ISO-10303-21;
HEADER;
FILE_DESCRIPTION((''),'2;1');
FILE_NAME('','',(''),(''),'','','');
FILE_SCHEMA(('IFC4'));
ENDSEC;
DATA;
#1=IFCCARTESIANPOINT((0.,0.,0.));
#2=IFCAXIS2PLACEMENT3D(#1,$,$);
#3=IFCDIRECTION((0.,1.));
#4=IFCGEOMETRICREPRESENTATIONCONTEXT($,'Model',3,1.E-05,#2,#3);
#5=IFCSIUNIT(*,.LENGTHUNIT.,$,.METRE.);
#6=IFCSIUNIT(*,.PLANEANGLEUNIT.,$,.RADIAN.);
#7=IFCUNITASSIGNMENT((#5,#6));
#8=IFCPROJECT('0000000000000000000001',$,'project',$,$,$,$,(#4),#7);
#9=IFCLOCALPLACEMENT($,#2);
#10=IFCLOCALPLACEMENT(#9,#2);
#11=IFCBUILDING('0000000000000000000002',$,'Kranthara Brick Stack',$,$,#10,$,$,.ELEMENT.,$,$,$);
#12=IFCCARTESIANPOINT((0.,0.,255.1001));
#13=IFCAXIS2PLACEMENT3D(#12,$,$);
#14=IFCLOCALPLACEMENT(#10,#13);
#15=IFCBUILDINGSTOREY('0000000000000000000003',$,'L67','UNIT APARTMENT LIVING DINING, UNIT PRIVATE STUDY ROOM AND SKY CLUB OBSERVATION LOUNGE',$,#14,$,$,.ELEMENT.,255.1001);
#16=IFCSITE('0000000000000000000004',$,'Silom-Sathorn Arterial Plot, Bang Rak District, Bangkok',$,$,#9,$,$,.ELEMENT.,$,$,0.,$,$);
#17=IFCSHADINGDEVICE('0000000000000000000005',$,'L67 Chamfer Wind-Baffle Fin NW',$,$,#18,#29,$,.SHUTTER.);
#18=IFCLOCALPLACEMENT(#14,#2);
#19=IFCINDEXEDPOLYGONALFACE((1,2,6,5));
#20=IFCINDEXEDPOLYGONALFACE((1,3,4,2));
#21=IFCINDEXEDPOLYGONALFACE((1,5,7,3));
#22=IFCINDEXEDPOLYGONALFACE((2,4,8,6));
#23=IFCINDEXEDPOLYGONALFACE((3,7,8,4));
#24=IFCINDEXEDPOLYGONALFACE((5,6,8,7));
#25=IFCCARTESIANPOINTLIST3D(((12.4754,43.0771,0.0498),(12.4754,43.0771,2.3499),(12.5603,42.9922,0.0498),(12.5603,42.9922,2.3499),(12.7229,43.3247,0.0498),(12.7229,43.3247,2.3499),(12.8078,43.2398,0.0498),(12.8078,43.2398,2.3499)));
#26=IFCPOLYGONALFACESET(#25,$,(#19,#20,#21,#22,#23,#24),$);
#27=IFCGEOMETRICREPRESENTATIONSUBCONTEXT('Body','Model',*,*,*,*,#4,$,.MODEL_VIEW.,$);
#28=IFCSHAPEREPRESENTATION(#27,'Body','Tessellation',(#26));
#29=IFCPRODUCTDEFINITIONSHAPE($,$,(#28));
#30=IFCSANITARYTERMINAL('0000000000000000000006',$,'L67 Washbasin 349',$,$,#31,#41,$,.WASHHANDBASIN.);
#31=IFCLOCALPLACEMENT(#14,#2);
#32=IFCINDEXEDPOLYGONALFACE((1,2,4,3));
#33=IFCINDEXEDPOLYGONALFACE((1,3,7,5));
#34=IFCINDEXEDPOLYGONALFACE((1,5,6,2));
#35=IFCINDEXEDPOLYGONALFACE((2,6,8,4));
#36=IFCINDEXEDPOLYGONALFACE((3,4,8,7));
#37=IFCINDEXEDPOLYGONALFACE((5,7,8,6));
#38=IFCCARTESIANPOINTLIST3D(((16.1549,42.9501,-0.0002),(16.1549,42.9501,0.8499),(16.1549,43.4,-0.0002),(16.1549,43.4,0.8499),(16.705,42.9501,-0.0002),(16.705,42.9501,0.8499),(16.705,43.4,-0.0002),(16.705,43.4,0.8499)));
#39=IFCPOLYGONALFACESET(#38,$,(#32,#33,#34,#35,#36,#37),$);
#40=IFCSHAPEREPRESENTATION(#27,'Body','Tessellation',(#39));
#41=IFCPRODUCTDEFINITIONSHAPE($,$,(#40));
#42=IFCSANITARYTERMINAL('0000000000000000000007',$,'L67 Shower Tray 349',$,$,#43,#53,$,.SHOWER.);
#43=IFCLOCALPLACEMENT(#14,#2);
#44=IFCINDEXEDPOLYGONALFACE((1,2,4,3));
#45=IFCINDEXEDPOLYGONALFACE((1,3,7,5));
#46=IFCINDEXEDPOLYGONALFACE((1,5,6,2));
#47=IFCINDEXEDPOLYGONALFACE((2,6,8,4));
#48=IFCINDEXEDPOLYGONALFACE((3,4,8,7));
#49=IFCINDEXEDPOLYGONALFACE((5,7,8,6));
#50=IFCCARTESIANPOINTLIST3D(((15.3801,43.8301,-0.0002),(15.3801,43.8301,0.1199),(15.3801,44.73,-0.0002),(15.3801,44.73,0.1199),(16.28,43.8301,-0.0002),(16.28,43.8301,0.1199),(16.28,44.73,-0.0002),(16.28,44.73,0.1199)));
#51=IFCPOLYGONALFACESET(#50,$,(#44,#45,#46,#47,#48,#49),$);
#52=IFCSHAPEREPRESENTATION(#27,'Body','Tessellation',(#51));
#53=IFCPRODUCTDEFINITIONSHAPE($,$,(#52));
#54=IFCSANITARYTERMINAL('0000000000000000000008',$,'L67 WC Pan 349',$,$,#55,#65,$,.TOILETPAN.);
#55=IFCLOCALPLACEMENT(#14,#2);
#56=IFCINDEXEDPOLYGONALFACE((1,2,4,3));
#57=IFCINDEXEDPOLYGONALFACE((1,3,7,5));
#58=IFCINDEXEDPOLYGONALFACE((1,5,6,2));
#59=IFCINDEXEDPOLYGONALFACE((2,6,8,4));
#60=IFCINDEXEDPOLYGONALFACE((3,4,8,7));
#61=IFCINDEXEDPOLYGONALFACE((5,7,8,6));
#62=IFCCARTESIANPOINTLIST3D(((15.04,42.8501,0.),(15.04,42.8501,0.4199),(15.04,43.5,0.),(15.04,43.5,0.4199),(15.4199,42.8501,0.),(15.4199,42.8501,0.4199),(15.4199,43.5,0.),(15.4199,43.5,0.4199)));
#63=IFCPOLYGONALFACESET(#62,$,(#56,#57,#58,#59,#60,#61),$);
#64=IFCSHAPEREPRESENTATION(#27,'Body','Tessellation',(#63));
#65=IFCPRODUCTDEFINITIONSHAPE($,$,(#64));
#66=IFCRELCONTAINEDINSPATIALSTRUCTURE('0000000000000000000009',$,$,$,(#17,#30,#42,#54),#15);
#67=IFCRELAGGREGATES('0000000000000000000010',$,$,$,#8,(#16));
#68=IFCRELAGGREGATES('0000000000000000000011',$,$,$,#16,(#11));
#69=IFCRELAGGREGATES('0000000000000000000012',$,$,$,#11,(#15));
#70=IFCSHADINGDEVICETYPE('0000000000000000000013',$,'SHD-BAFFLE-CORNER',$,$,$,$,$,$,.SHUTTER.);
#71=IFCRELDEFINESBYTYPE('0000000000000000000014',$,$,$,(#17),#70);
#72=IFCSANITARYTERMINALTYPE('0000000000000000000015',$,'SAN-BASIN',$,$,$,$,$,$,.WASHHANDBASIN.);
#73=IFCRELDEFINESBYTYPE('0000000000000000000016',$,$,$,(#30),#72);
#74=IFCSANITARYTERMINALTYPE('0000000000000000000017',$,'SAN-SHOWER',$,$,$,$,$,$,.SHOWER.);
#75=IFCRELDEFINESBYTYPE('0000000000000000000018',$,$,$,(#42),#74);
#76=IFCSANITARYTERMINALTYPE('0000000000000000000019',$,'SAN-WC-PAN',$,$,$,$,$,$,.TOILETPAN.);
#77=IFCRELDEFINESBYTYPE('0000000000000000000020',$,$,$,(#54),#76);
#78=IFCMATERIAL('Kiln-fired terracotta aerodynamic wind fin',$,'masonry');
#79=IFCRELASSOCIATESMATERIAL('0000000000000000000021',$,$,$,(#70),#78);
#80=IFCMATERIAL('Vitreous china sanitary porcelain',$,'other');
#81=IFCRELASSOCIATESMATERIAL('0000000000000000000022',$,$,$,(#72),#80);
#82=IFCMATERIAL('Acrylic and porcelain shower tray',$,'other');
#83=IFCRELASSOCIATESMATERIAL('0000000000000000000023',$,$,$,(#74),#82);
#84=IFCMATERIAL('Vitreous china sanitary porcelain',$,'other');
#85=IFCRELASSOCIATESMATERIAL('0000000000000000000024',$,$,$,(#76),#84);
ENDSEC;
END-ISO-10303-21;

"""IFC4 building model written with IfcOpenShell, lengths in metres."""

from ifc_helpers import new_model, si_unit, direction, frame, origin, origin_2d, place, context, subcontext, project, spatial, rectangle, extrude, material, type_object, element, save


model = new_model("IFC4")

# Units and contexts
model_context = context("Model", 3, precision=1e-05, world=origin(), true_north=direction((0.0, 1.0)))
body_context = subcontext(model_context, "Body", "Model", "MODEL_VIEW")
ifc_project = project(units=[si_unit("LENGTHUNIT", "METRE"), si_unit("PLANEANGLEUNIT", "RADIAN")], contexts=[model_context])

# Site, building, storey
site_placement = place(None, origin())
site = spatial("IfcSite", under=ifc_project, at=site_placement, Name="Silom-Sathorn Arterial Plot, Bang Rak District, Bangkok", CompositionType="ELEMENT", RefElevation=0.0)
building_placement = place(site_placement, origin())
building = spatial("IfcBuilding", under=site, at=building_placement, Name="Kranthara Brick Stack", CompositionType="ELEMENT")
storey_placement = place(building_placement, frame((0.0, 0.0, 255.1001)))
storey = spatial("IfcBuildingStorey", under=building, at=storey_placement, Name="L67", Description="UNIT APARTMENT LIVING DINING, UNIT PRIVATE STUDY ROOM AND SKY CLUB OBSERVATION LOUNGE", CompositionType="ELEMENT", Elevation=255.1001)

# Shading device
ifc_material_1 = material(Name="Kiln-fired terracotta aerodynamic wind fin", Category="masonry")
shading_device_type = type_object("IfcShadingDeviceType", Name="SHD-BAFFLE-CORNER", PredefinedType="SHUTTER", material=ifc_material_1)
shading_device_placement = place(storey_placement, frame((12.6416, 43.1584, 0.0498), z_axis=(0.0, 0.0, 1.0), x_axis=(0.707107, 0.707107, 0.0)))
element("IfcShadingDevice", 1, at=shading_device_placement, inside=storey, type_object=shading_device_type, Name="L67 Chamfer Wind-Baffle Fin NW", PredefinedType="SHUTTER", context=body_context, shape_type="SweptSolid", body=[
    extrude(rectangle(XDim=0.3501, YDim=0.1201, at=origin_2d()), origin(), (0.0, 0.0, 1.0), 2.3),
])

# Sanitary terminals
ifc_material_2 = material(Name="Vitreous china sanitary porcelain", Category="other")
sanitary_terminal_type_1 = type_object("IfcSanitaryTerminalType", Name="SAN-BASIN", PredefinedType="WASHHANDBASIN", material=ifc_material_2)
sanitary_terminal_1_placement = place(storey_placement, frame((16.4299, 43.175, -0.0002), z_axis=(0.0, 0.0, 1.0), x_axis=(1.0, 0.0, 0.0)))
element("IfcSanitaryTerminal", 2, at=sanitary_terminal_1_placement, inside=storey, type_object=sanitary_terminal_type_1, Name="L67 Washbasin 349", PredefinedType="WASHHANDBASIN", context=body_context, shape_type="SweptSolid", body=[
    extrude(rectangle(XDim=0.55, YDim=0.45, at=origin_2d()), origin(), (0.0, 0.0, 1.0), 0.8501),
])
ifc_material_3 = material(Name="Acrylic and porcelain shower tray", Category="other")
sanitary_terminal_type_2 = type_object("IfcSanitaryTerminalType", Name="SAN-SHOWER", PredefinedType="SHOWER", material=ifc_material_3)
sanitary_terminal_2_placement = place(storey_placement, frame((15.8301, 44.28, -0.0002), z_axis=(0.0, 0.0, 1.0), x_axis=(1.0, 0.0, 0.0)))
element("IfcSanitaryTerminal", 3, at=sanitary_terminal_2_placement, inside=storey, type_object=sanitary_terminal_type_2, Name="L67 Shower Tray 349", PredefinedType="SHOWER", context=body_context, shape_type="SweptSolid", body=[
    extrude(rectangle(XDim=0.8999, YDim=0.8999, at=origin_2d()), origin(), (0.0, 0.0, 1.0), 0.1201),
])
ifc_material_4 = material(Name="Vitreous china sanitary porcelain", Category="other")
sanitary_terminal_type_3 = type_object("IfcSanitaryTerminalType", Name="SAN-WC-PAN", PredefinedType="TOILETPAN", material=ifc_material_4)
sanitary_terminal_3_placement = place(storey_placement, frame((15.23, 43.175, 0.0), z_axis=(0.0, 0.0, 1.0), x_axis=(1.0, 0.0, 0.0)))
element("IfcSanitaryTerminal", 4, at=sanitary_terminal_3_placement, inside=storey, type_object=sanitary_terminal_type_3, Name="L67 WC Pan 349", PredefinedType="TOILETPAN", context=body_context, shape_type="SweptSolid", body=[
    extrude(rectangle(XDim=0.3799, YDim=0.6499, at=origin_2d()), origin(), (0.0, 0.0, 1.0), 0.4199),
])

save(model, "model.ifc")
